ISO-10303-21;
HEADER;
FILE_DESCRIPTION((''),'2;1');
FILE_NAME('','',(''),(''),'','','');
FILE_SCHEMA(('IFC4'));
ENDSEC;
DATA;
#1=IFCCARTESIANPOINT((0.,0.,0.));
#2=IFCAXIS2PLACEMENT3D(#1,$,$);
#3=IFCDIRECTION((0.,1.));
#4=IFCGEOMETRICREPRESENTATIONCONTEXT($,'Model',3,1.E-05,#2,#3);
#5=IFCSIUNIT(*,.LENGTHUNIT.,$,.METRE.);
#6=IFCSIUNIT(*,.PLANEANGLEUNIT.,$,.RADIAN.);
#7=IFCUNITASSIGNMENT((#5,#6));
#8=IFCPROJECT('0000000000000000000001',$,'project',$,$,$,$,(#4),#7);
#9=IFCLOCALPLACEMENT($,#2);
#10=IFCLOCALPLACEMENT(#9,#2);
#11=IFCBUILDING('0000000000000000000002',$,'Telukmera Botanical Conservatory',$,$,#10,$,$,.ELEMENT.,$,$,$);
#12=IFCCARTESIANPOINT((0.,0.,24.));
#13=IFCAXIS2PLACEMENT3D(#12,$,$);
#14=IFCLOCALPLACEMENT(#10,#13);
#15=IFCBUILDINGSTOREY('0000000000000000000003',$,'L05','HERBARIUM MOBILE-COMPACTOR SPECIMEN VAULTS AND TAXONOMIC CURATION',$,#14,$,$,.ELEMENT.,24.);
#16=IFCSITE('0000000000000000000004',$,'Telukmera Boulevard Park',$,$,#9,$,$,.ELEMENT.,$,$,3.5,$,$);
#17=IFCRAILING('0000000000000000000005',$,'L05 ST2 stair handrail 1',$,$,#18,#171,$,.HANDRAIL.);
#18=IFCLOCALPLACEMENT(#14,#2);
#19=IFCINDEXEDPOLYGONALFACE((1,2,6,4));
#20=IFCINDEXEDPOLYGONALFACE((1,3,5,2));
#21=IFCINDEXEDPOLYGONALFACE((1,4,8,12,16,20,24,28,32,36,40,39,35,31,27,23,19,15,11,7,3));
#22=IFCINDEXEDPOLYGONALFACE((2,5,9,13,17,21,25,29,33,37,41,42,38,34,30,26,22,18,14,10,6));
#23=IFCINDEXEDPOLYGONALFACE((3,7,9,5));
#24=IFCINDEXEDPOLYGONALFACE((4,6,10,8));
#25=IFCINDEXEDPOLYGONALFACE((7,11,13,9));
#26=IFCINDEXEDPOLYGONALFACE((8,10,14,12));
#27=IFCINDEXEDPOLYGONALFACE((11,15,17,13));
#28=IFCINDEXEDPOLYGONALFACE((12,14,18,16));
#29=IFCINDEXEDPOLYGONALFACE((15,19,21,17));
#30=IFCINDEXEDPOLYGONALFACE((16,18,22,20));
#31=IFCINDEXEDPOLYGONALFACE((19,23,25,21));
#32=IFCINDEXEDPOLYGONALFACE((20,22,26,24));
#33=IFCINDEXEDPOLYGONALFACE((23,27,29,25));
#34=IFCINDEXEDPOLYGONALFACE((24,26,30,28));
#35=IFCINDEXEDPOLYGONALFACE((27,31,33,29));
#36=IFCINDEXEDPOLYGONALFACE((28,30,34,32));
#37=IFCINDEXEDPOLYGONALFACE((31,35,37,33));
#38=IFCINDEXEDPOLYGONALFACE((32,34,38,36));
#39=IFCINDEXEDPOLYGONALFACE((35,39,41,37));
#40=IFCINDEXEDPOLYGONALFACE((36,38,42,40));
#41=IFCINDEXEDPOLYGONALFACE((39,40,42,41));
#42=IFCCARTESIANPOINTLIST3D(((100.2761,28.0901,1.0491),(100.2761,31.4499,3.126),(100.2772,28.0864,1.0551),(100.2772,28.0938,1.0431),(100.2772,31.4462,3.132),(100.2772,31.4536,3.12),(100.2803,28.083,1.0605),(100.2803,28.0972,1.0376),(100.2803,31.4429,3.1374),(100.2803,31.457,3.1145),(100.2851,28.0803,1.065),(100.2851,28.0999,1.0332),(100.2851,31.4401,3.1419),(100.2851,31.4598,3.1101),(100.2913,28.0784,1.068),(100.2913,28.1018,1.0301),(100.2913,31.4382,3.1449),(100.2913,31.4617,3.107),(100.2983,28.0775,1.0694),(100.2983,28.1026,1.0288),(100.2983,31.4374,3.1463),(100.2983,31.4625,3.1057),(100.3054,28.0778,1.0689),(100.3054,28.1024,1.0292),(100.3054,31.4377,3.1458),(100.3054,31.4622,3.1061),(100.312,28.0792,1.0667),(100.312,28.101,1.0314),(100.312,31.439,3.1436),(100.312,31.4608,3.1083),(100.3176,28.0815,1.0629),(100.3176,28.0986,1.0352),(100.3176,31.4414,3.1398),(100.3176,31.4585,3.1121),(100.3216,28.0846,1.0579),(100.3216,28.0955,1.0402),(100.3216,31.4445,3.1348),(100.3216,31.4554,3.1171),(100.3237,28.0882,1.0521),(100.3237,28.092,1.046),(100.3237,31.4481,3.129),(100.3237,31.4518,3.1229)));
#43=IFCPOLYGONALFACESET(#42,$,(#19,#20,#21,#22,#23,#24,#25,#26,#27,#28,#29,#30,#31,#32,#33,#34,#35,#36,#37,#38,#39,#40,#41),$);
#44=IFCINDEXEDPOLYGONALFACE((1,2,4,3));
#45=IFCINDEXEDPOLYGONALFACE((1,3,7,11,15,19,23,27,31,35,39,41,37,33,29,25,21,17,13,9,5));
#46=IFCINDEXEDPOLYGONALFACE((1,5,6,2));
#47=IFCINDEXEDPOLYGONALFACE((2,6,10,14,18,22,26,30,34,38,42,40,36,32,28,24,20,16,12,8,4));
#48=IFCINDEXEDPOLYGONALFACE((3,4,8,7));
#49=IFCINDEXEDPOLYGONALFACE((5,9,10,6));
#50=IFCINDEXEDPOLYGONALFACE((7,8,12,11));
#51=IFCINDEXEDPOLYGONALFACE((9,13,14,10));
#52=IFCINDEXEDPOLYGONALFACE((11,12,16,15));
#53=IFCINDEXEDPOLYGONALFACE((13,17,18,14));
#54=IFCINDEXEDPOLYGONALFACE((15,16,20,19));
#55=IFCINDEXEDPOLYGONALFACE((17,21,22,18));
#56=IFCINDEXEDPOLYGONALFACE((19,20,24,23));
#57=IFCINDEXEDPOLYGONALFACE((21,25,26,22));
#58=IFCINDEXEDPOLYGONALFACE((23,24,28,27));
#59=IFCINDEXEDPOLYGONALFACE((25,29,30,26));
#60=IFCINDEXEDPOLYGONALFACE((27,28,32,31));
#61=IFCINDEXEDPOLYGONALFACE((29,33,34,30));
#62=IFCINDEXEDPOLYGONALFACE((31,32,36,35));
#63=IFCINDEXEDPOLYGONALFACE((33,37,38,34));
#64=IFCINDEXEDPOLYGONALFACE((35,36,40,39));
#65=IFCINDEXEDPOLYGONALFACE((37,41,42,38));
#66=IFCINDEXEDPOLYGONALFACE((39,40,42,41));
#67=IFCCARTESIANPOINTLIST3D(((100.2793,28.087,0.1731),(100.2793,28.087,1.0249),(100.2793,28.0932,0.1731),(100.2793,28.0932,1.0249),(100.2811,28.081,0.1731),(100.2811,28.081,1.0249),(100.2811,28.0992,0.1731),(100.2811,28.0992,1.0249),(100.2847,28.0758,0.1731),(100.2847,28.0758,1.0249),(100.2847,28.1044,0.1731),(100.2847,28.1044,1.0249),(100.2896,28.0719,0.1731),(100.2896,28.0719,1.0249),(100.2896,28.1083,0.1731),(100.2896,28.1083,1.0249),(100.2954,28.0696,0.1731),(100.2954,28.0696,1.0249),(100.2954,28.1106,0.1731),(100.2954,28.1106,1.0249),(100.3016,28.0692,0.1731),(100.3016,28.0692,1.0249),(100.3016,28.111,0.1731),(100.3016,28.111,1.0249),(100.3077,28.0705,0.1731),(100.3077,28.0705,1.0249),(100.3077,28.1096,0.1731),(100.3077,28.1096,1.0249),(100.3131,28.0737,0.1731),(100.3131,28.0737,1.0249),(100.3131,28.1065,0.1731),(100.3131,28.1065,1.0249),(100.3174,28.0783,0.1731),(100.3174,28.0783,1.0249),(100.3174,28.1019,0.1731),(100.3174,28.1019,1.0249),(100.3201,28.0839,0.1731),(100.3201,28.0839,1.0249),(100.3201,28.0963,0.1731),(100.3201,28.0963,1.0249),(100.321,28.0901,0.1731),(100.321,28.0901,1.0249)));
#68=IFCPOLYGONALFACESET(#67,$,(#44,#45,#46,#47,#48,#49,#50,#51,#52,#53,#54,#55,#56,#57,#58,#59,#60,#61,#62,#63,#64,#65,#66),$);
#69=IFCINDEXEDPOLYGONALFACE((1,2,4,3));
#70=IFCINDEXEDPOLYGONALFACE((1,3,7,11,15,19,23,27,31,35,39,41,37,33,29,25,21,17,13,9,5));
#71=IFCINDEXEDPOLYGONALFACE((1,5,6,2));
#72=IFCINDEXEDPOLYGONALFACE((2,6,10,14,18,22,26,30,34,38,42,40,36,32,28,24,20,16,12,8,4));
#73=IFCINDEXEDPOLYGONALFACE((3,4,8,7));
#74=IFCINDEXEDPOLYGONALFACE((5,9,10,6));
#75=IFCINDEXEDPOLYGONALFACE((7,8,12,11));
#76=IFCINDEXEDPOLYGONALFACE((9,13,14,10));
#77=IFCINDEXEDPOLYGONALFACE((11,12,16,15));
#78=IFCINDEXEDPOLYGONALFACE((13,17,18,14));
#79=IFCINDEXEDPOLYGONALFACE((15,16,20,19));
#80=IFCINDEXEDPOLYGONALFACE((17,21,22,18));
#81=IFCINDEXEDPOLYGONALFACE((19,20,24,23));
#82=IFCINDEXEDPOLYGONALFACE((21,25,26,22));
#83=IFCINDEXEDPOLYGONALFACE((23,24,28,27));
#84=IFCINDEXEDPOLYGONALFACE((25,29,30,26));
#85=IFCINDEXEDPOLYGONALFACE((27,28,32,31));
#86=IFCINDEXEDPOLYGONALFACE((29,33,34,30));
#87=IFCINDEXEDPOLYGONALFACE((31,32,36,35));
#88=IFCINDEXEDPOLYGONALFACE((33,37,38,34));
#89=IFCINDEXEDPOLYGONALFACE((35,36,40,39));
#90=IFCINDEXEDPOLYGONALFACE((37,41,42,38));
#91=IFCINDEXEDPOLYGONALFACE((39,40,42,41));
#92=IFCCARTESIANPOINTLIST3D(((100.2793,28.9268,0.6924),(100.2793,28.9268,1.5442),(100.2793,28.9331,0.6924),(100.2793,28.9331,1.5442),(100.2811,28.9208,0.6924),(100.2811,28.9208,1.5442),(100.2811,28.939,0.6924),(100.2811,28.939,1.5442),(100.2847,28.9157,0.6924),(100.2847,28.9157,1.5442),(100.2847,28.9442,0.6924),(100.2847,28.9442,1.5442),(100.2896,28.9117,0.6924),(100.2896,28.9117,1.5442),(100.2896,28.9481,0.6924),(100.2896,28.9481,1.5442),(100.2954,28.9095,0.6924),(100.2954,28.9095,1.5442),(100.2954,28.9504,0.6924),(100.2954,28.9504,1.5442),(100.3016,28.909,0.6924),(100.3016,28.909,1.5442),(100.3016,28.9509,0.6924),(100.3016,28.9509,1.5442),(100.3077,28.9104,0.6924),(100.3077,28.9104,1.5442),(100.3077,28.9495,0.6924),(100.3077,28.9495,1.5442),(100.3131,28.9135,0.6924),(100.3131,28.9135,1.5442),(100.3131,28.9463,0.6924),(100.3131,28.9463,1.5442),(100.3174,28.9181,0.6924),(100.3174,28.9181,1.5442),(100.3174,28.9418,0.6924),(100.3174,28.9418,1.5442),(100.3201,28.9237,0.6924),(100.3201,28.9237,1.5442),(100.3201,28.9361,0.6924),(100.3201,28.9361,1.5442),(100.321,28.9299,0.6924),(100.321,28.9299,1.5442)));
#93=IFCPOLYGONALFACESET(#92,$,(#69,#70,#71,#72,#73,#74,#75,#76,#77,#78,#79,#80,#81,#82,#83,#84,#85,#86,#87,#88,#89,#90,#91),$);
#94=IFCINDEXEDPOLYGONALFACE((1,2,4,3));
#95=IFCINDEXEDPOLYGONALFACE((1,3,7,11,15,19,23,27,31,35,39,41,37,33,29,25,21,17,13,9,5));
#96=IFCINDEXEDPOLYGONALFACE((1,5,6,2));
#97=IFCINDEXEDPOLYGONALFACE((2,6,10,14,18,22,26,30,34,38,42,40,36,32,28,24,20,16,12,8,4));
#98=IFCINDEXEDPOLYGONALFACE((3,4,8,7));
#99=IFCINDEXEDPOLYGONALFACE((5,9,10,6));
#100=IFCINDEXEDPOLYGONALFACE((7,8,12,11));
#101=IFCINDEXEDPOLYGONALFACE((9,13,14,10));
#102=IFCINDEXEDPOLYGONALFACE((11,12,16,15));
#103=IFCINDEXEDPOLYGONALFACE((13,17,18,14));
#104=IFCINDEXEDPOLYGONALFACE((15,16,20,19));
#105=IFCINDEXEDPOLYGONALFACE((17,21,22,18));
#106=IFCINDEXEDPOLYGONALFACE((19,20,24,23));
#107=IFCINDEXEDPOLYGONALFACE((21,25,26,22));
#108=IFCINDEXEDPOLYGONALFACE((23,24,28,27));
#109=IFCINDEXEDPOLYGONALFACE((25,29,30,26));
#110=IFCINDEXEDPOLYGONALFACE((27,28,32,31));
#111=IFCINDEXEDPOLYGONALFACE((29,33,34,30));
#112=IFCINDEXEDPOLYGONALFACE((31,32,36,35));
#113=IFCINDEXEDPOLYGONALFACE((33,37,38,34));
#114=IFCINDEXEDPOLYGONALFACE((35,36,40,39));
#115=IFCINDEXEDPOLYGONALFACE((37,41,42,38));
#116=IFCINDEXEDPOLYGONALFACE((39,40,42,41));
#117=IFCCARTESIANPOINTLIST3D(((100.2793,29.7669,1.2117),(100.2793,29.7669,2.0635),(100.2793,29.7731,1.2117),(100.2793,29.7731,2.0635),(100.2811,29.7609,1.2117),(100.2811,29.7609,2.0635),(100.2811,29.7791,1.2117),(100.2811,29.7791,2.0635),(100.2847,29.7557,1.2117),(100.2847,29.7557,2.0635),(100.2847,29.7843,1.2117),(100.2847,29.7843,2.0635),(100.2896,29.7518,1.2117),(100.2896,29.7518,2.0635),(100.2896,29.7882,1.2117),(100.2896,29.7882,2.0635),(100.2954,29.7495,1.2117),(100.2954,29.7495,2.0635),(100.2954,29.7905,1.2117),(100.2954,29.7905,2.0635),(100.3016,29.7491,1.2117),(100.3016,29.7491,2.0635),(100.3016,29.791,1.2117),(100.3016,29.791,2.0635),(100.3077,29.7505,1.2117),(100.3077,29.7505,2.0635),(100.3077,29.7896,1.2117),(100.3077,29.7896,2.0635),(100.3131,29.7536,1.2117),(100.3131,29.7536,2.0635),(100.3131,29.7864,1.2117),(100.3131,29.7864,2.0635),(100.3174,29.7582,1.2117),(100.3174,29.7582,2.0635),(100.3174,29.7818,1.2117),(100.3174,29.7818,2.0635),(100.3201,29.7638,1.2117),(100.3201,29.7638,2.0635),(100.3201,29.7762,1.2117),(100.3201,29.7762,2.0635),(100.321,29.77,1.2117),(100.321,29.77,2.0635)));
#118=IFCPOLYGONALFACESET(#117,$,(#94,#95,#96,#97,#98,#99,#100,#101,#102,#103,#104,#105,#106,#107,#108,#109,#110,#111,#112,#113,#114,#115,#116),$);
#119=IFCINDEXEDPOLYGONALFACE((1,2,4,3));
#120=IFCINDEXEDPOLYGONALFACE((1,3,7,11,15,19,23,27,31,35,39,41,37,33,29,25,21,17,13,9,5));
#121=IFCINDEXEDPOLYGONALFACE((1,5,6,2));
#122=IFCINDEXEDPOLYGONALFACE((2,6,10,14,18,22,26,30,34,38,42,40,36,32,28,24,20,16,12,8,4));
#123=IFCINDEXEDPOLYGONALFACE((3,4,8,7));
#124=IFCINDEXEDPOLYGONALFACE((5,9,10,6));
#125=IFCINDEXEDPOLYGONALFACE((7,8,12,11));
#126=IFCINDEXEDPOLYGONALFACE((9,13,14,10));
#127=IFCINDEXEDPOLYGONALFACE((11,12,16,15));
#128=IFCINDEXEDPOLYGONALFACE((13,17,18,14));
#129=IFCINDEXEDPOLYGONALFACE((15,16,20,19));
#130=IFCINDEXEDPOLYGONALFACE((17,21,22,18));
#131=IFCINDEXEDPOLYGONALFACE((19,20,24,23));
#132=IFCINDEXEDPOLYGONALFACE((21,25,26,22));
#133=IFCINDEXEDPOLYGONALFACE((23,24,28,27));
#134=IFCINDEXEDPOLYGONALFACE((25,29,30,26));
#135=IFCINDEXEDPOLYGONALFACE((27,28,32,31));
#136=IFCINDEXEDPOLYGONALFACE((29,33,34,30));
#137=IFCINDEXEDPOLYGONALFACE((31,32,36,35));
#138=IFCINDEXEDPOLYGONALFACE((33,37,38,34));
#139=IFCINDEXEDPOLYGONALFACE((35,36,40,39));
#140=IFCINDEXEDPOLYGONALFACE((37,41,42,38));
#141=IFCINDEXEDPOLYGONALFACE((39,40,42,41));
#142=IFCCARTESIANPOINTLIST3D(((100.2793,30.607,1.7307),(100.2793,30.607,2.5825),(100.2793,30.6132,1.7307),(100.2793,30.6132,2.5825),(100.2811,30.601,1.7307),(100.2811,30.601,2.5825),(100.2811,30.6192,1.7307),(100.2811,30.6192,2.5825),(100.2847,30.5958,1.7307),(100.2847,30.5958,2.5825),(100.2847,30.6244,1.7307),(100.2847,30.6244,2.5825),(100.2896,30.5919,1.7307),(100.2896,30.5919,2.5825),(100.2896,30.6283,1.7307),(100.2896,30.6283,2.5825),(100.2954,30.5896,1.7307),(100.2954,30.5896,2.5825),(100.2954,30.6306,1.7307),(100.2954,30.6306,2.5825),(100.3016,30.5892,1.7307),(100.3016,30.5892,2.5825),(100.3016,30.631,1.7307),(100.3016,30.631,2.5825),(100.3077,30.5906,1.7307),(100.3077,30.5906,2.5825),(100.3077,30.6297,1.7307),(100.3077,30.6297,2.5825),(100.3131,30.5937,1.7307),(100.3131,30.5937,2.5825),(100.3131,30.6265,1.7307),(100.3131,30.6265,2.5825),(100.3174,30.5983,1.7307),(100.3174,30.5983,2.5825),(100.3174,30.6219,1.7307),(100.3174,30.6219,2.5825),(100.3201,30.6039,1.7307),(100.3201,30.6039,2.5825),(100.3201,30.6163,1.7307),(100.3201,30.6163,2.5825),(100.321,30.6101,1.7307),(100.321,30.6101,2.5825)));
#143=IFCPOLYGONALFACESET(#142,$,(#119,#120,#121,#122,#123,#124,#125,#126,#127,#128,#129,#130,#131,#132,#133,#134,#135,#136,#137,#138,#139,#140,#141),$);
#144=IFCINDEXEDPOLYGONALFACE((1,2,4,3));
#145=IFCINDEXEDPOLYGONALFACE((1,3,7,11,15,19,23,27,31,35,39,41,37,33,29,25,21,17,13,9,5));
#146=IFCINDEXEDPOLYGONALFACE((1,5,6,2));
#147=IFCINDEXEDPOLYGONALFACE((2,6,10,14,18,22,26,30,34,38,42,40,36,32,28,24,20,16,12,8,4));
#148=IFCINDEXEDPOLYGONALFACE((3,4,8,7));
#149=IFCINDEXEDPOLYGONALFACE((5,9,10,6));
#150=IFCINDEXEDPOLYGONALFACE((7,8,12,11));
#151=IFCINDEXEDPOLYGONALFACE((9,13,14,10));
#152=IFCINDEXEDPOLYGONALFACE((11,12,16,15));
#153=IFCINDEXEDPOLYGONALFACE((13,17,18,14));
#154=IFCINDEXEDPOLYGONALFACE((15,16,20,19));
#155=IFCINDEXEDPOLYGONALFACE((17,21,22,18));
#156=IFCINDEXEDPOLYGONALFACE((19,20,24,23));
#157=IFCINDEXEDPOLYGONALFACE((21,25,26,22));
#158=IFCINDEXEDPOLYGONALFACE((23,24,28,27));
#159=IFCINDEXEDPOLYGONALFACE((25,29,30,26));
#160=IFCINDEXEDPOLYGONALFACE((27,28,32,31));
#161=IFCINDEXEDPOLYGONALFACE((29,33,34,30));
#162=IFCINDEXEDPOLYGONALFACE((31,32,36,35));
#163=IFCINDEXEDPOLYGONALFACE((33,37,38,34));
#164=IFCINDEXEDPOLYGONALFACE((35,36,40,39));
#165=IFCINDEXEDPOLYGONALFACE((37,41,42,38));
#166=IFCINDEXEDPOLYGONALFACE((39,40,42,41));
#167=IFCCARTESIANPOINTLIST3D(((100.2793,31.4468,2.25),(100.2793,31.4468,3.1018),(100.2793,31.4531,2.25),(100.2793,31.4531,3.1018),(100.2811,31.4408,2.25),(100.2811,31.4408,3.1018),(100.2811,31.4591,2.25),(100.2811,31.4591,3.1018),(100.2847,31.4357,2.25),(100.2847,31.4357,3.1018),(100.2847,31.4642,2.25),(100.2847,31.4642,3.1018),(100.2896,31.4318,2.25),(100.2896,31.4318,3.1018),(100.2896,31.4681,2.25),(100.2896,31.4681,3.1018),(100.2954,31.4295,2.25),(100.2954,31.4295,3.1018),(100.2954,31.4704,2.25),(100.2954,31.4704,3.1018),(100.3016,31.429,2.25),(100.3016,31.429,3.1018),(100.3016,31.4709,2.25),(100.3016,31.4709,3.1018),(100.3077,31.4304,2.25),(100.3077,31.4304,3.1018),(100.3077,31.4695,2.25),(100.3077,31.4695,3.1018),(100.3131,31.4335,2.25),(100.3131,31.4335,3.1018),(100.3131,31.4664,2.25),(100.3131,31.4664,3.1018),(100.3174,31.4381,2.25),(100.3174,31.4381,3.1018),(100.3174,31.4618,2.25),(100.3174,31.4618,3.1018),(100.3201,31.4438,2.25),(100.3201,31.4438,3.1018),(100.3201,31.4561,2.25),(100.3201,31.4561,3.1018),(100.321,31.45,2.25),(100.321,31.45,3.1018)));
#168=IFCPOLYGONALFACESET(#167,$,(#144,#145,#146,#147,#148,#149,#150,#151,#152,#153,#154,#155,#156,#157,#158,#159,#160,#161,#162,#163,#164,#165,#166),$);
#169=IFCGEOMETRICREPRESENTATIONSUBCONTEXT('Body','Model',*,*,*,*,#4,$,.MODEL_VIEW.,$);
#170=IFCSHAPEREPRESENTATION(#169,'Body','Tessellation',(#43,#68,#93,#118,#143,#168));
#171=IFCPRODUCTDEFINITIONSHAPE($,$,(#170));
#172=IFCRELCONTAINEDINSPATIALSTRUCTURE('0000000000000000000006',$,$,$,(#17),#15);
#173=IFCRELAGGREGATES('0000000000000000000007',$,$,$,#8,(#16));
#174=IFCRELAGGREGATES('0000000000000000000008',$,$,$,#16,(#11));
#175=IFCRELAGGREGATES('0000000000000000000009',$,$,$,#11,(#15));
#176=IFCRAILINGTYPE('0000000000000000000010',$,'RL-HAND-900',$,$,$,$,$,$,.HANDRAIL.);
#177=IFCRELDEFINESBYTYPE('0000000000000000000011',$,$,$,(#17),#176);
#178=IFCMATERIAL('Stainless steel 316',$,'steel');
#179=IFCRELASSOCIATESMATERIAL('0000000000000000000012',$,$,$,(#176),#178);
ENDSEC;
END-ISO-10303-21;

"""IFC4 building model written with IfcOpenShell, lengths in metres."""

from ifc_helpers import new_model, si_unit, direction, frame, origin, origin_2d, place, context, subcontext, project, spatial, circle, extrude, material, type_object, element, save


model = new_model("IFC4")

# Units and contexts
model_context = context("Model", 3, precision=1e-05, world=origin(), true_north=direction((0.0, 1.0)))
body_context = subcontext(model_context, "Body", "Model", "MODEL_VIEW")
ifc_project = project(units=[si_unit("LENGTHUNIT", "METRE"), si_unit("PLANEANGLEUNIT", "RADIAN")], contexts=[model_context])

# Site, building, storey
site_placement = place(None, origin())
site = spatial("IfcSite", under=ifc_project, at=site_placement, Name="Telukmera Boulevard Park", CompositionType="ELEMENT", RefElevation=3.5)
building_placement = place(site_placement, origin())
building = spatial("IfcBuilding", under=site, at=building_placement, Name="Telukmera Botanical Conservatory", CompositionType="ELEMENT")
storey_placement = place(building_placement, frame((0.0, 0.0, 24.0)))
storey = spatial("IfcBuildingStorey", under=building, at=storey_placement, Name="L05", Description="HERBARIUM MOBILE-COMPACTOR SPECIMEN VAULTS AND TAXONOMIC CURATION", CompositionType="ELEMENT", Elevation=24.0)

# Shared definitions
ifc_material_1 = material(Name="Stainless steel 316", Category="steel")

# Railing
railing_type_1 = type_object("IfcRailingType", Name="RL-HAND-900", PredefinedType="HANDRAIL", material=ifc_material_1)
railing_1_placement = place(storey_placement, frame((100.3, 28.0901, 0.1731)))
element("IfcRailing", 1, at=railing_1_placement, inside=storey, type_object=railing_type_1, Name="L05 ST2 stair handrail 1", PredefinedType="HANDRAIL", context=body_context, shape_type="SweptSolid", body=[
    extrude(circle(Radius=0.0239, at=origin_2d()), frame((0.0, 0.0, 0.876), z_axis=(0.0, 0.850606, 0.525803), x_axis=(-1.0, 0.0, 0.0)), (0.0, 0.0, 1.0), 3.95),
    extrude(circle(Radius=0.021, at=origin_2d()), origin(), (0.0, 0.0, 1.0), 0.8518),
    extrude(circle(Radius=0.021, at=origin_2d()), frame((0.0, 0.8398, 0.5193)), (0.0, 0.0, 1.0), 0.8518),
    extrude(circle(Radius=0.021, at=origin_2d()), frame((0.0, 1.6799, 1.0386)), (0.0, 0.0, 1.0), 0.8518),
    extrude(circle(Radius=0.021, at=origin_2d()), frame((0.0, 2.52, 1.5576)), (0.0, 0.0, 1.0), 0.8518),
    extrude(circle(Radius=0.021, at=origin_2d()), frame((0.0, 3.3599, 2.0769)), (0.0, 0.0, 1.0), 0.8518),
])

save(model, "model.ifc")
